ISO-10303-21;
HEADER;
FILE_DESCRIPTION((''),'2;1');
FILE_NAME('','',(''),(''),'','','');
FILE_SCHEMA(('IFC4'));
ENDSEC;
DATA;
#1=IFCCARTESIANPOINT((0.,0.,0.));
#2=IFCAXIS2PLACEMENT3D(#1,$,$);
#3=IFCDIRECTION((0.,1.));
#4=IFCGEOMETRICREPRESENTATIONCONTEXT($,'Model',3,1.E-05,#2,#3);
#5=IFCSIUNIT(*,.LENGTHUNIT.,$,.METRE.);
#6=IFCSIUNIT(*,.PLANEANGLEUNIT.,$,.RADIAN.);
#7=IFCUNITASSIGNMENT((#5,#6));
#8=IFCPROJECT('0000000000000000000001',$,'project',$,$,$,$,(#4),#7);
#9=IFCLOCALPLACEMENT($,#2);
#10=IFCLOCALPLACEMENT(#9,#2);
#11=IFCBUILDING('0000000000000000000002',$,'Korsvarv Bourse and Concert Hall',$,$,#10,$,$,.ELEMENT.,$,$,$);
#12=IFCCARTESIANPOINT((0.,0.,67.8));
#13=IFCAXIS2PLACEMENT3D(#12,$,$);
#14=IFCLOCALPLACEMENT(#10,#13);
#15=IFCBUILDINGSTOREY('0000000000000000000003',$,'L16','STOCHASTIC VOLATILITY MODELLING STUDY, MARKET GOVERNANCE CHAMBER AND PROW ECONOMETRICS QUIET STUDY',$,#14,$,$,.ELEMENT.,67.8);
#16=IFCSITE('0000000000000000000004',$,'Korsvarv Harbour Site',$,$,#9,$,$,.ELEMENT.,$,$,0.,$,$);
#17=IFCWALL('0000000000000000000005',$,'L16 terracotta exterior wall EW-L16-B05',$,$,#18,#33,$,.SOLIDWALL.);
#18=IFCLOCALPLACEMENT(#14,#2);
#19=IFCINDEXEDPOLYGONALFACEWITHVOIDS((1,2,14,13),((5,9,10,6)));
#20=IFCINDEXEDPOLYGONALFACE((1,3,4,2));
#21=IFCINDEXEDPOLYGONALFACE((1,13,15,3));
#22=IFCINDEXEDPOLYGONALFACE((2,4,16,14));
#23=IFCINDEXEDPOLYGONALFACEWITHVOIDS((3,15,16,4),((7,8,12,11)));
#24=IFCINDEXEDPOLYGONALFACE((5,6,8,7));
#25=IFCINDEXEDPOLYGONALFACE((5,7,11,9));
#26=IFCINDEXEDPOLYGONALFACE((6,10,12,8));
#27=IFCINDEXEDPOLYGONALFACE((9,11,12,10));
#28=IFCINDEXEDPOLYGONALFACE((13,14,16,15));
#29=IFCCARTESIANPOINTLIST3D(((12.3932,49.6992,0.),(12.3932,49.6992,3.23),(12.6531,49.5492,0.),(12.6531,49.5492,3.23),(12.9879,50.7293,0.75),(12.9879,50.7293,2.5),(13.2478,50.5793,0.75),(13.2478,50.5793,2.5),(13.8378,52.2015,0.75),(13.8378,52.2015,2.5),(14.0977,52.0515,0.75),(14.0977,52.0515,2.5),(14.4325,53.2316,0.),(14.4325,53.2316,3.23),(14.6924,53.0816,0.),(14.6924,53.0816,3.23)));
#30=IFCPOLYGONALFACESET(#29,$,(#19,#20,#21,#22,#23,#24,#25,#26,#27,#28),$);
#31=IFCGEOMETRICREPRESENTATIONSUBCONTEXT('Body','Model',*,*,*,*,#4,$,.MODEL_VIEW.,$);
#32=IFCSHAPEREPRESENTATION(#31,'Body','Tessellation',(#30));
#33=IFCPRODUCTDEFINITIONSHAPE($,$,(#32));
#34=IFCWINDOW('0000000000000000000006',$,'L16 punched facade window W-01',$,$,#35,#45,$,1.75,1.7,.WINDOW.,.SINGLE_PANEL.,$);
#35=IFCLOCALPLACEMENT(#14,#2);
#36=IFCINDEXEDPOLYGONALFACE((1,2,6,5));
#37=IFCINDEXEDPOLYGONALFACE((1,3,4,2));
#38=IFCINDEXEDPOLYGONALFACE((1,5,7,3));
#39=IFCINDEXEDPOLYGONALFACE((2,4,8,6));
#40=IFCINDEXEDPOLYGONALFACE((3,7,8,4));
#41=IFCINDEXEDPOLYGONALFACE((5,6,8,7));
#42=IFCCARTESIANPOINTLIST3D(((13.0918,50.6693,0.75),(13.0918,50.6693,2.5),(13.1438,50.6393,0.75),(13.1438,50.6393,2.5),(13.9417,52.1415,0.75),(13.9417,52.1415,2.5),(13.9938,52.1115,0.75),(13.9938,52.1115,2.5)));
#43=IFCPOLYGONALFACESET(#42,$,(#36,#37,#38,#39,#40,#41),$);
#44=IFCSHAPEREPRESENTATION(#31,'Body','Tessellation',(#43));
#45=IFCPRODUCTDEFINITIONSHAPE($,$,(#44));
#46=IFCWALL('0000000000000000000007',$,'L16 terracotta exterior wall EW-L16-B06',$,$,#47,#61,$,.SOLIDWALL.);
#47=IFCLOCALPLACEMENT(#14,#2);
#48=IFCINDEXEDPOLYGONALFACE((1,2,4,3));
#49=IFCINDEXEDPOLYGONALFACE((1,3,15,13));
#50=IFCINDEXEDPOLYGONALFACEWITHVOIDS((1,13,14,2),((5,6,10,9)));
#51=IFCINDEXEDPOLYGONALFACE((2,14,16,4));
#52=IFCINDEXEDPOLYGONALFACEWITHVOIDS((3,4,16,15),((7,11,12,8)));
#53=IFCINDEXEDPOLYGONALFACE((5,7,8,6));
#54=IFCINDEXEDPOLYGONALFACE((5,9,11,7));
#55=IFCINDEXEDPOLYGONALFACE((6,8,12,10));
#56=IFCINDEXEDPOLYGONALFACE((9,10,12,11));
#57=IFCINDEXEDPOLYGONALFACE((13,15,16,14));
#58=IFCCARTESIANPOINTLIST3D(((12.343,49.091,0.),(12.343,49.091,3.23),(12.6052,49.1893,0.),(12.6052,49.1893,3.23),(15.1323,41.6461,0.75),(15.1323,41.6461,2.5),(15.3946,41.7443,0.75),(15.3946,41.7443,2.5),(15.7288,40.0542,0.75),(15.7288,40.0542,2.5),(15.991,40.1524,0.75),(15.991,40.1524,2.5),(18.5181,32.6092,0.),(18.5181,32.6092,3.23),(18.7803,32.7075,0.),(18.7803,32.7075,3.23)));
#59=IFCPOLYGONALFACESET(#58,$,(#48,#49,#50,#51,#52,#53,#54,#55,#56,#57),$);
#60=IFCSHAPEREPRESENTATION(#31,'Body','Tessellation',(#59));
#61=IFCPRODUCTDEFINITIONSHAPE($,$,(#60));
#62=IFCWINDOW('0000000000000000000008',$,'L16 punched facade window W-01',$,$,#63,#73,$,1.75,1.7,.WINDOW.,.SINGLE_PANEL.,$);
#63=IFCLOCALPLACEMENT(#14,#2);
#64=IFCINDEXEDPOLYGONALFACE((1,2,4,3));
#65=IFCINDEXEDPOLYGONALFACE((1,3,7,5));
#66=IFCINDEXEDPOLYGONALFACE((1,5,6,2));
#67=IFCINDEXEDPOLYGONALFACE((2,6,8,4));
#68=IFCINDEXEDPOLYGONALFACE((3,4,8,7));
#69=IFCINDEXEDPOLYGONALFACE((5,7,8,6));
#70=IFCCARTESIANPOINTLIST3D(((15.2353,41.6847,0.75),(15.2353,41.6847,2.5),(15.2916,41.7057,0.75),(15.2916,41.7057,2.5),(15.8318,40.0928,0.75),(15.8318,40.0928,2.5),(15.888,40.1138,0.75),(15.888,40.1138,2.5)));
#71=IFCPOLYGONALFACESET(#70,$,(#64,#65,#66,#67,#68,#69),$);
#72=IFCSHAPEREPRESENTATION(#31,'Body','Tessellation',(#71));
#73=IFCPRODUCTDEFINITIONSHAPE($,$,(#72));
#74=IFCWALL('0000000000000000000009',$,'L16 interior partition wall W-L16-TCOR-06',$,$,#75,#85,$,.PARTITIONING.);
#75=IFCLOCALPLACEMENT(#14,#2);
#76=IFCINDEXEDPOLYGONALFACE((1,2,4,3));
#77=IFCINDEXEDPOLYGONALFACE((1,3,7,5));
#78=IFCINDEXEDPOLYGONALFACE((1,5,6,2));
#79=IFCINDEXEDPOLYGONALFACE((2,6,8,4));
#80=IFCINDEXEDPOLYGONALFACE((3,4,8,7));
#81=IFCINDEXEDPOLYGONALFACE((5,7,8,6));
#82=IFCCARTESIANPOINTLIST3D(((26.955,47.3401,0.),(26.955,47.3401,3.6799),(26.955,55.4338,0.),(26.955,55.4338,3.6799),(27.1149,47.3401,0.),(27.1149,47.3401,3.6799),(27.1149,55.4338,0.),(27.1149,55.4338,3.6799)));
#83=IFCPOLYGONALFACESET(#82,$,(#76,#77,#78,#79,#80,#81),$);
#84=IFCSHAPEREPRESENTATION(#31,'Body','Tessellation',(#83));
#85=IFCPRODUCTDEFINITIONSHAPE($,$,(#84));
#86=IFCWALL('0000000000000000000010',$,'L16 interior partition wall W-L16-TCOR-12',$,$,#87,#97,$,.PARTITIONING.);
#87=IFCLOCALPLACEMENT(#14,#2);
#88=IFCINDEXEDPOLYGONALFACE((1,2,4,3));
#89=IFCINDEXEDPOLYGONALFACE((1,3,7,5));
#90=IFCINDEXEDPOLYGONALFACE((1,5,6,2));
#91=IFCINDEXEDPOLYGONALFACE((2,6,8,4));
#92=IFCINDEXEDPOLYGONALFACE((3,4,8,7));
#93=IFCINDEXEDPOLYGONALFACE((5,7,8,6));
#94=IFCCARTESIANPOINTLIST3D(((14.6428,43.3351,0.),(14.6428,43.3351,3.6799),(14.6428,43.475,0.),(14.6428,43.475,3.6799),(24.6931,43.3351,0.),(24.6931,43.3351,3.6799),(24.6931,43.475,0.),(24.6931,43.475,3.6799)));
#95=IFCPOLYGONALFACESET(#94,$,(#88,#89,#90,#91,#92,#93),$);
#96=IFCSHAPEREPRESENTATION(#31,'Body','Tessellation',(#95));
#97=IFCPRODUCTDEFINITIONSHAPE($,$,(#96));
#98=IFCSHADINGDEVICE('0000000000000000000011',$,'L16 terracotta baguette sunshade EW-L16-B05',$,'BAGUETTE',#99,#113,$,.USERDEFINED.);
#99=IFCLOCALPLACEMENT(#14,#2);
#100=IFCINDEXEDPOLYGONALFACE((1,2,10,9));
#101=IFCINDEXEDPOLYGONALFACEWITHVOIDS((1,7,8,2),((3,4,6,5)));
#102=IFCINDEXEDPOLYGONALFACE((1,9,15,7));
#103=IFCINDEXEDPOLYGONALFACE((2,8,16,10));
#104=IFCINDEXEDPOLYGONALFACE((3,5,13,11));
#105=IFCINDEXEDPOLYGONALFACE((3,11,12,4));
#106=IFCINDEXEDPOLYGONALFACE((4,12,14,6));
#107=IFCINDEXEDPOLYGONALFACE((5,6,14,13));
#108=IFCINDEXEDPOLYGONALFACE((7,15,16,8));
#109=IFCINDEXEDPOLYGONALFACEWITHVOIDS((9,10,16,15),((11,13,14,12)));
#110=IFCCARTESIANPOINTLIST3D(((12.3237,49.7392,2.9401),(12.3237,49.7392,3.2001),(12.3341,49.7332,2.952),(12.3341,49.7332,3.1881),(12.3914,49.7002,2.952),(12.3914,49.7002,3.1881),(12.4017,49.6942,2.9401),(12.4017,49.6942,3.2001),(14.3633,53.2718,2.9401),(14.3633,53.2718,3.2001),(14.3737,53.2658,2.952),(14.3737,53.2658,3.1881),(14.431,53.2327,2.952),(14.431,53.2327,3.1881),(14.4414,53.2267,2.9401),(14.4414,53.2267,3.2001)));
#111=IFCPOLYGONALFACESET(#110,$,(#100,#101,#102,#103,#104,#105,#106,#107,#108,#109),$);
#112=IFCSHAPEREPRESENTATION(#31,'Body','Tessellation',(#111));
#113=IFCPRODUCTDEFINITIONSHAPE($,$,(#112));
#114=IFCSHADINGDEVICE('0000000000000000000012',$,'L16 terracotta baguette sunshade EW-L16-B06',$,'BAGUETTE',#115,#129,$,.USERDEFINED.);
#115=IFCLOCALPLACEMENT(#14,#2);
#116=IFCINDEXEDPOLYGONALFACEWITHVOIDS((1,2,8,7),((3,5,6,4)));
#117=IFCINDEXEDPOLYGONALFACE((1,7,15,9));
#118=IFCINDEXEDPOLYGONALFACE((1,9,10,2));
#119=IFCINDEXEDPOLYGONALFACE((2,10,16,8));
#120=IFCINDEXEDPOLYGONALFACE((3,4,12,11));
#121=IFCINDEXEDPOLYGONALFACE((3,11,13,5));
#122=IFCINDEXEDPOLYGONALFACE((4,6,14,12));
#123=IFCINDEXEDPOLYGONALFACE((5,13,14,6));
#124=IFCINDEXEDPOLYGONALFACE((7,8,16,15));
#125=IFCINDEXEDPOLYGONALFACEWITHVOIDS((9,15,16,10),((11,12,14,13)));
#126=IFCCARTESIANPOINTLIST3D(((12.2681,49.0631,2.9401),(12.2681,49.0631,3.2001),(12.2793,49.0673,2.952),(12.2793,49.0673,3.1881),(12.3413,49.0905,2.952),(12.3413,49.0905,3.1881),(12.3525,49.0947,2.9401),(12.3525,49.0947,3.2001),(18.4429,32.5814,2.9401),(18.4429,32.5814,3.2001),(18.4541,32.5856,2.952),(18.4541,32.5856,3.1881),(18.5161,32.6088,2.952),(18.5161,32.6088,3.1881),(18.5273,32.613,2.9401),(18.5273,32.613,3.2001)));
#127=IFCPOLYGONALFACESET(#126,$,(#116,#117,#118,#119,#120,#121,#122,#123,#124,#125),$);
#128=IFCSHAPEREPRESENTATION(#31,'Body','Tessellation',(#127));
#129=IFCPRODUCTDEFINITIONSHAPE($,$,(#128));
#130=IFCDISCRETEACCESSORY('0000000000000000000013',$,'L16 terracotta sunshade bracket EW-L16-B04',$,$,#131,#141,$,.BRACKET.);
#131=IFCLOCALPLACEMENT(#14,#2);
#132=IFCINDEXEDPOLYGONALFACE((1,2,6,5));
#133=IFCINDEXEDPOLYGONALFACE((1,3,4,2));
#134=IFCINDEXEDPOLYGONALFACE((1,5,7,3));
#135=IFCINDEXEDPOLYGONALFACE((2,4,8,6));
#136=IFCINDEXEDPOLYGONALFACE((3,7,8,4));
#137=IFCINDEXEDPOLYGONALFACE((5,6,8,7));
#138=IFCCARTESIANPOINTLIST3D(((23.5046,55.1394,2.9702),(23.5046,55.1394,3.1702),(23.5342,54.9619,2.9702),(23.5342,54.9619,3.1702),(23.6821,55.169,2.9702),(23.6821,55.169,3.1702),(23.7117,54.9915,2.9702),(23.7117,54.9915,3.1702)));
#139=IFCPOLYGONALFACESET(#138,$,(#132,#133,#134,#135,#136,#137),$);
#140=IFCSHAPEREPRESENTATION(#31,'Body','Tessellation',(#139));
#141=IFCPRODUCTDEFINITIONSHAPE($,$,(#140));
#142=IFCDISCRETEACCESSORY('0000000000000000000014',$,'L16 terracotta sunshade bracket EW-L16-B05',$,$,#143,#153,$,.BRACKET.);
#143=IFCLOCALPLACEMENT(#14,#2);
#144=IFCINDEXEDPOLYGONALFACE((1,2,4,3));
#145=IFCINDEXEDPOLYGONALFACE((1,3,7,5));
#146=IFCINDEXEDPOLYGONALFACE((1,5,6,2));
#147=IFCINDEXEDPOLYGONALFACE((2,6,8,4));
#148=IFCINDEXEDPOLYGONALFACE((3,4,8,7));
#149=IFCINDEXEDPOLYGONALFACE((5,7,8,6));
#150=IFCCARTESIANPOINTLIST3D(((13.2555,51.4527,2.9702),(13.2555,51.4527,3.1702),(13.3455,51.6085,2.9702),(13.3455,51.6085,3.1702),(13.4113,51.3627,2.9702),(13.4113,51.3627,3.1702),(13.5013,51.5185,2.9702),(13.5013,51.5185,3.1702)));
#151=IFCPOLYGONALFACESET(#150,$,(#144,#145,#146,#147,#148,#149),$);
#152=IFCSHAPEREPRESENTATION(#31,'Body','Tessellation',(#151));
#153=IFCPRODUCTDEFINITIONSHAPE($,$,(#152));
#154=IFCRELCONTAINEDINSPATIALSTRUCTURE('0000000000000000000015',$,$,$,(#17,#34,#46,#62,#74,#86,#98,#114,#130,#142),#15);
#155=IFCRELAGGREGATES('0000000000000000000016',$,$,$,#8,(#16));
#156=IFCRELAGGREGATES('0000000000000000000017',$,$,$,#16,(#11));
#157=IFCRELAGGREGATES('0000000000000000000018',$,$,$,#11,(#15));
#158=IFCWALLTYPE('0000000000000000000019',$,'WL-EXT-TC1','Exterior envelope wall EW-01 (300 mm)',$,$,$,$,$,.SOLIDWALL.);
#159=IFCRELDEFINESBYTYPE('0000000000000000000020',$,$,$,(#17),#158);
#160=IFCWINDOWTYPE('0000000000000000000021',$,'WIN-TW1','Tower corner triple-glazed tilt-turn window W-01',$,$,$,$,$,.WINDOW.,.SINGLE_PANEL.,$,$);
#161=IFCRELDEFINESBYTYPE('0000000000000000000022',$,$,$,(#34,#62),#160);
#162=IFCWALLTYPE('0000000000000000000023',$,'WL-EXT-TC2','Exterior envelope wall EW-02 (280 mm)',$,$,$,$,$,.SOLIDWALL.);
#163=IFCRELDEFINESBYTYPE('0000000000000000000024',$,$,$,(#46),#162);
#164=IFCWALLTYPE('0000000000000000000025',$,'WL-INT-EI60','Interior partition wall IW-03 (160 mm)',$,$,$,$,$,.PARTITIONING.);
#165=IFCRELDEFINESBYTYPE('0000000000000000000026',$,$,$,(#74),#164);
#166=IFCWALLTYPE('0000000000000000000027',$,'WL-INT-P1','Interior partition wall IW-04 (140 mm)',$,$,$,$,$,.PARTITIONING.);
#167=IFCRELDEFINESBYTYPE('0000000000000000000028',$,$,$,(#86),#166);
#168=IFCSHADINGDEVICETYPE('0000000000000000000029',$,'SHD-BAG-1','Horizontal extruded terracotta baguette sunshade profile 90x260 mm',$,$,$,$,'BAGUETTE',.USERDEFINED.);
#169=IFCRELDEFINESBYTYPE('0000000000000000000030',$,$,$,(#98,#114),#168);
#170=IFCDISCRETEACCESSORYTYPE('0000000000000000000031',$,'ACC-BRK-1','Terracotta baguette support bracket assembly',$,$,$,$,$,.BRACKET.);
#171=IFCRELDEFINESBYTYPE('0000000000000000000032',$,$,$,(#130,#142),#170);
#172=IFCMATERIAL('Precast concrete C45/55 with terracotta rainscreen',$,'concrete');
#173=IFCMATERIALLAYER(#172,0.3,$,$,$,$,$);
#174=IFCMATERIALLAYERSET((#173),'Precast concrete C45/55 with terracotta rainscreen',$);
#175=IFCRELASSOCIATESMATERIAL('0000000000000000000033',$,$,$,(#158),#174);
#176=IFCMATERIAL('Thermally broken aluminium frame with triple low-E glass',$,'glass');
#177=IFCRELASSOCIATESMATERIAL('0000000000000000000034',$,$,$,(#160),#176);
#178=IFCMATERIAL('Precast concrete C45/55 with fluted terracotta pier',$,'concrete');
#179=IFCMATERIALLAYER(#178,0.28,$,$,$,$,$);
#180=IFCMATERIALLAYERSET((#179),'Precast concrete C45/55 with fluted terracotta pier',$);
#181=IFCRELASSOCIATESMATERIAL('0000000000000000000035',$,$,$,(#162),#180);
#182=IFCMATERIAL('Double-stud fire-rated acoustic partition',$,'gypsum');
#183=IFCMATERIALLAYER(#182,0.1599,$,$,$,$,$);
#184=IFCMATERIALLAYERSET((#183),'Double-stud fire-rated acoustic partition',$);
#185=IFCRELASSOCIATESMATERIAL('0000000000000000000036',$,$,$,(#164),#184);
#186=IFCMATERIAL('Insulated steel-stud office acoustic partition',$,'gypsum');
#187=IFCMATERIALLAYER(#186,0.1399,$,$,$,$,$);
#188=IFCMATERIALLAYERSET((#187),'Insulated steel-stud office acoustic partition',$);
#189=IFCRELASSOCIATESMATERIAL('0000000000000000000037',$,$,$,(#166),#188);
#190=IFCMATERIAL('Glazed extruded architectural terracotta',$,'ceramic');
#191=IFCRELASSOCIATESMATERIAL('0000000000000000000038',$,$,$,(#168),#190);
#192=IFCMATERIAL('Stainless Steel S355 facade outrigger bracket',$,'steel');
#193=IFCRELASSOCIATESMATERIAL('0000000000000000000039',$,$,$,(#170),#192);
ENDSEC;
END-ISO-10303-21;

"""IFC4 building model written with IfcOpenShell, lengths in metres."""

from ifc_helpers import new_model, si_unit, direction, frame, frame_2d, origin, origin_2d, place, context, subcontext, project, spatial, rectangle, hollow_rectangle, extrude, source, transform, mapped, material, layer, layer_set, material_profile, profile_set, type_object, element, fill, save


model = new_model("IFC4")

# Units and contexts
model_context = context("Model", 3, precision=1e-05, world=origin(), true_north=direction((0.0, 1.0)))
body_context = subcontext(model_context, "Body", "Model", "MODEL_VIEW")
ifc_project = project(units=[si_unit("LENGTHUNIT", "METRE"), si_unit("PLANEANGLEUNIT", "RADIAN")], contexts=[model_context])

# Site, building, storey
site_placement = place(None, origin())
site = spatial("IfcSite", under=ifc_project, at=site_placement, Name="Korsvarv Harbour Site", CompositionType="ELEMENT", RefElevation=0.0)
building_placement = place(site_placement, origin())
building = spatial("IfcBuilding", under=site, at=building_placement, Name="Korsvarv Bourse and Concert Hall", CompositionType="ELEMENT")
storey_placement = place(building_placement, frame((0.0, 0.0, 67.8)))
storey = spatial("IfcBuildingStorey", under=building, at=storey_placement, Name="L16", Description="STOCHASTIC VOLATILITY MODELLING STUDY, MARKET GOVERNANCE CHAMBER AND PROW ECONOMETRICS QUIET STUDY", CompositionType="ELEMENT", Elevation=67.8)

# Walls, openings, windows
ifc_material_1 = material(Name="Precast concrete C45/55 with terracotta rainscreen", Category="concrete")
ifc_layer_1 = layer(ifc_material_1, 0.3)
ifc_layer_set_1 = layer_set([ifc_layer_1], Name="Precast concrete C45/55 with terracotta rainscreen")
wall_type_1 = type_object("IfcWallType", Name="WL-EXT-TC1", Description="Exterior envelope wall EW-01 (300 mm)", PredefinedType="SOLIDWALL", material=ifc_layer_set_1)
wall_1_placement = place(storey_placement, frame((14.5625, 53.1567, 0.0), z_axis=(0.0, 0.0, 1.0), x_axis=(-0.499969, -0.866043, 0.0)))
wall_1 = element("IfcWall", 1, at=wall_1_placement, inside=storey, type_object=wall_type_1, Name="L16 terracotta exterior wall EW-L16-B05", PredefinedType="SOLIDWALL", context=body_context, shape_type="SweptSolid", body=[
    extrude(rectangle(XDim=4.0789, YDim=0.3, at=frame_2d((2.0396, 0.0))), origin(), (0.0, 0.0, 1.0), 3.23),
])
opening_1_placement = place(wall_1_placement, frame((1.1895, 0.0, 0.75)))
opening_1 = element("IfcOpeningElement", 2, at=opening_1_placement, cuts=wall_1, PredefinedType="OPENING", context=body_context, shape_type="SweptSolid", body=[
    extrude(rectangle(XDim=1.7, YDim=1.75, at=frame_2d((0.8501, 0.875))), frame((0.0, 0.1602, 0.0), z_axis=(0.0, -1.0, 0.0), x_axis=(1.0, 0.0, 0.0)), (0.0, 0.0, 1.0), 0.3201),
])
ifc_material_2 = material(Name="Thermally broken aluminium frame with triple low-E glass", Category="glass")
window_type = type_object("IfcWindowType", Name="WIN-TW1", Description="Tower corner triple-glazed tilt-turn window W-01", PartitioningType="SINGLE_PANEL", PredefinedType="WINDOW", material=ifc_material_2)
window_1_placement = place(opening_1_placement, origin())
window_1 = element("IfcWindow", 3, at=window_1_placement, inside=storey, type_object=window_type, Name="L16 punched facade window W-01", OverallHeight=1.75, OverallWidth=1.7, PartitioningType="SINGLE_PANEL", PredefinedType="WINDOW", context=body_context, shape_type="SweptSolid", body=[
    extrude(rectangle(XDim=1.7, YDim=1.75, at=frame_2d((0.8501, 0.875))), frame((0.0, 0.03, 0.0), z_axis=(0.0, -1.0, 0.0), x_axis=(1.0, 0.0, 0.0)), (0.0, 0.0, 1.0), 0.0601),
])
fill(opening_1, window_1)
ifc_material_3 = material(Name="Precast concrete C45/55 with fluted terracotta pier", Category="concrete")
ifc_layer_2 = layer(ifc_material_3, 0.28)
ifc_layer_set_2 = layer_set([ifc_layer_2], Name="Precast concrete C45/55 with fluted terracotta pier")
wall_type_2 = type_object("IfcWallType", Name="WL-EXT-TC2", Description="Exterior envelope wall EW-02 (280 mm)", PredefinedType="SOLIDWALL", material=ifc_layer_set_2)
wall_2_placement = place(storey_placement, frame((12.4741, 49.1401, 0.0), z_axis=(0.0, 0.0, 1.0), x_axis=(0.350845, -0.936433, 0.0)))
wall_2 = element("IfcWall", 4, at=wall_2_placement, inside=storey, type_object=wall_type_2, Name="L16 terracotta exterior wall EW-L16-B06", PredefinedType="SOLIDWALL", context=body_context, shape_type="SweptSolid", body=[
    extrude(rectangle(XDim=17.6006, YDim=0.28, at=frame_2d((8.8003, 0.0))), origin(), (0.0, 0.0, 1.0), 3.23),
])
opening_2_placement = place(wall_2_placement, frame((7.9502, 0.0, 0.75)))
opening_2 = element("IfcOpeningElement", 5, at=opening_2_placement, cuts=wall_2, PredefinedType="OPENING", context=body_context, shape_type="SweptSolid", body=[
    extrude(rectangle(XDim=1.7, YDim=1.75, at=frame_2d((0.8501, 0.875))), frame((0.0, 0.1499, 0.0), z_axis=(0.0, -1.0, 0.0), x_axis=(1.0, 0.0, 0.0)), (0.0, 0.0, 1.0), 0.3),
])
window_2_placement = place(opening_2_placement, origin())
window_2 = element("IfcWindow", 6, at=window_2_placement, inside=storey, type_object=window_type, Name="L16 punched facade window W-01", OverallHeight=1.75, OverallWidth=1.7, PartitioningType="SINGLE_PANEL", PredefinedType="WINDOW", context=body_context, shape_type="SweptSolid", body=[
    extrude(rectangle(XDim=1.7, YDim=1.75, at=frame_2d((0.8501, 0.875))), frame((0.0, 0.03, 0.0), z_axis=(0.0, -1.0, 0.0), x_axis=(1.0, 0.0, 0.0)), (0.0, 0.0, 1.0), 0.0601),
])
fill(opening_2, window_2)

# Walls
ifc_material_4 = material(Name="Double-stud fire-rated acoustic partition", Category="gypsum")
ifc_layer_3 = layer(ifc_material_4, 0.1599)
ifc_layer_set_3 = layer_set([ifc_layer_3], Name="Double-stud fire-rated acoustic partition")
wall_type_3 = type_object("IfcWallType", Name="WL-INT-EI60", Description="Interior partition wall IW-03 (160 mm)", PredefinedType="PARTITIONING", material=ifc_layer_set_3)
wall_3_placement = place(storey_placement, frame((27.0349, 47.3401, 0.0), z_axis=(0.0, 0.0, 1.0), x_axis=(0.0, 1.0, 0.0)))
element("IfcWall", 7, at=wall_3_placement, inside=storey, type_object=wall_type_3, Name="L16 interior partition wall W-L16-TCOR-06", PredefinedType="PARTITIONING", context=body_context, shape_type="SweptSolid", body=[
    extrude(rectangle(XDim=8.0938, YDim=0.1599, at=frame_2d((4.0469, 0.0))), origin(), (0.0, 0.0, 1.0), 3.6799),
])
ifc_material_5 = material(Name="Insulated steel-stud office acoustic partition", Category="gypsum")
ifc_layer_4 = layer(ifc_material_5, 0.1399)
ifc_layer_set_4 = layer_set([ifc_layer_4], Name="Insulated steel-stud office acoustic partition")
wall_type_4 = type_object("IfcWallType", Name="WL-INT-P1", Description="Interior partition wall IW-04 (140 mm)", PredefinedType="PARTITIONING", material=ifc_layer_set_4)
wall_4_placement = place(storey_placement, frame((14.6428, 43.405, 0.0), z_axis=(0.0, 0.0, 1.0), x_axis=(1.0, 0.0, 0.0)))
element("IfcWall", 8, at=wall_4_placement, inside=storey, type_object=wall_type_4, Name="L16 interior partition wall W-L16-TCOR-12", PredefinedType="PARTITIONING", context=body_context, shape_type="SweptSolid", body=[
    extrude(rectangle(XDim=10.0503, YDim=0.1399, at=frame_2d((5.0251, 0.0))), origin(), (0.0, 0.0, 1.0), 3.6799),
])

# Shading devices
ifc_material_6 = material(Name="Glazed extruded architectural terracotta", Category="ceramic")
ifc_material_profile_1 = material_profile(ifc_material_6, hollow_rectangle(XDim=0.0901, YDim=0.26, WallThickness=0.012, at=origin_2d()), Name="TC-BAG 90x260")
ifc_profile_set_1 = profile_set([ifc_material_profile_1], Name="Glazed extruded architectural terracotta")
shading_device_type = type_object("IfcShadingDeviceType", Name="SHD-BAG-1", Description="Horizontal extruded terracotta baguette sunshade profile 90x260 mm", ElementType="BAGUETTE", PredefinedType="USERDEFINED", material=ifc_profile_set_1)
shared_shape_1 = source(origin(), body_context, "Body", "SweptSolid", [
    extrude(hollow_rectangle(XDim=0.0901, YDim=0.26, WallThickness=0.012, at=origin_2d()), origin(), (0.0, 0.0, 1.0), 4.0791),
])
shading_device_1_placement = place(storey_placement, frame((14.4023, 53.2493, 3.0701), z_axis=(-0.500014, -0.866017, 0.0), x_axis=(0.866017, -0.500014, 0.0)))
element("IfcShadingDevice", 9, at=shading_device_1_placement, inside=storey, type_object=shading_device_type, Name="L16 terracotta baguette sunshade EW-L16-B05", ObjectType="BAGUETTE", PredefinedType="USERDEFINED", context=body_context, shape_type="MappedRepresentation", body=[
    mapped(shared_shape_1, transform((0.0, 0.0, 0.0), scale=1.0)),
])
shared_shape_2 = source(origin(), body_context, "Body", "SweptSolid", [
    extrude(hollow_rectangle(XDim=0.0901, YDim=0.26, WallThickness=0.012, at=origin_2d()), origin(), (0.0, 0.0, 1.0), 17.6003),
])
shading_device_2_placement = place(storey_placement, frame((12.3103, 49.0789, 3.0701), z_axis=(0.350833, -0.936438, 0.0), x_axis=(0.936438, 0.350833, 0.0)))
element("IfcShadingDevice", 10, at=shading_device_2_placement, inside=storey, type_object=shading_device_type, Name="L16 terracotta baguette sunshade EW-L16-B06", ObjectType="BAGUETTE", PredefinedType="USERDEFINED", context=body_context, shape_type="MappedRepresentation", body=[
    mapped(shared_shape_2, transform((0.0, 0.0, 0.0), scale=1.0)),
])

# Discrete accessories
ifc_material_7 = material(Name="Stainless Steel S355 facade outrigger bracket", Category="steel")
discrete_accessory_type = type_object("IfcDiscreteAccessoryType", Name="ACC-BRK-1", Description="Terracotta baguette support bracket assembly", PredefinedType="BRACKET", material=ifc_material_7)
shared_shape_3 = source(origin(), body_context, "Body", "SweptSolid", [
    extrude(rectangle(XDim=0.1799, YDim=0.1799, at=origin_2d()), origin(), (0.0, 0.0, 1.0), 0.2),
])
for number, where, z_axis, x_axis, name in (
    (11, (23.6082, 55.0654, 2.9702), (0.0, 0.0, 1.0), (-0.986401, -0.164359, 0.0), "L16 terracotta sunshade bracket EW-L16-B04"),
    (12, (13.3784, 51.4856, 2.9702), (0.0, 0.0, 1.0), (-0.5, -0.866025, 0.0), "L16 terracotta sunshade bracket EW-L16-B05"),
):
    element("IfcDiscreteAccessory", number, at=place(storey_placement, frame(where, z_axis=z_axis, x_axis=x_axis)), inside=storey, type_object=discrete_accessory_type, Name=name, PredefinedType="BRACKET", context=body_context, shape_type="MappedRepresentation", body=[
        mapped(shared_shape_3, transform((0.0, 0.0, 0.0), scale=1.0)),
    ])

save(model, "model.ifc")
